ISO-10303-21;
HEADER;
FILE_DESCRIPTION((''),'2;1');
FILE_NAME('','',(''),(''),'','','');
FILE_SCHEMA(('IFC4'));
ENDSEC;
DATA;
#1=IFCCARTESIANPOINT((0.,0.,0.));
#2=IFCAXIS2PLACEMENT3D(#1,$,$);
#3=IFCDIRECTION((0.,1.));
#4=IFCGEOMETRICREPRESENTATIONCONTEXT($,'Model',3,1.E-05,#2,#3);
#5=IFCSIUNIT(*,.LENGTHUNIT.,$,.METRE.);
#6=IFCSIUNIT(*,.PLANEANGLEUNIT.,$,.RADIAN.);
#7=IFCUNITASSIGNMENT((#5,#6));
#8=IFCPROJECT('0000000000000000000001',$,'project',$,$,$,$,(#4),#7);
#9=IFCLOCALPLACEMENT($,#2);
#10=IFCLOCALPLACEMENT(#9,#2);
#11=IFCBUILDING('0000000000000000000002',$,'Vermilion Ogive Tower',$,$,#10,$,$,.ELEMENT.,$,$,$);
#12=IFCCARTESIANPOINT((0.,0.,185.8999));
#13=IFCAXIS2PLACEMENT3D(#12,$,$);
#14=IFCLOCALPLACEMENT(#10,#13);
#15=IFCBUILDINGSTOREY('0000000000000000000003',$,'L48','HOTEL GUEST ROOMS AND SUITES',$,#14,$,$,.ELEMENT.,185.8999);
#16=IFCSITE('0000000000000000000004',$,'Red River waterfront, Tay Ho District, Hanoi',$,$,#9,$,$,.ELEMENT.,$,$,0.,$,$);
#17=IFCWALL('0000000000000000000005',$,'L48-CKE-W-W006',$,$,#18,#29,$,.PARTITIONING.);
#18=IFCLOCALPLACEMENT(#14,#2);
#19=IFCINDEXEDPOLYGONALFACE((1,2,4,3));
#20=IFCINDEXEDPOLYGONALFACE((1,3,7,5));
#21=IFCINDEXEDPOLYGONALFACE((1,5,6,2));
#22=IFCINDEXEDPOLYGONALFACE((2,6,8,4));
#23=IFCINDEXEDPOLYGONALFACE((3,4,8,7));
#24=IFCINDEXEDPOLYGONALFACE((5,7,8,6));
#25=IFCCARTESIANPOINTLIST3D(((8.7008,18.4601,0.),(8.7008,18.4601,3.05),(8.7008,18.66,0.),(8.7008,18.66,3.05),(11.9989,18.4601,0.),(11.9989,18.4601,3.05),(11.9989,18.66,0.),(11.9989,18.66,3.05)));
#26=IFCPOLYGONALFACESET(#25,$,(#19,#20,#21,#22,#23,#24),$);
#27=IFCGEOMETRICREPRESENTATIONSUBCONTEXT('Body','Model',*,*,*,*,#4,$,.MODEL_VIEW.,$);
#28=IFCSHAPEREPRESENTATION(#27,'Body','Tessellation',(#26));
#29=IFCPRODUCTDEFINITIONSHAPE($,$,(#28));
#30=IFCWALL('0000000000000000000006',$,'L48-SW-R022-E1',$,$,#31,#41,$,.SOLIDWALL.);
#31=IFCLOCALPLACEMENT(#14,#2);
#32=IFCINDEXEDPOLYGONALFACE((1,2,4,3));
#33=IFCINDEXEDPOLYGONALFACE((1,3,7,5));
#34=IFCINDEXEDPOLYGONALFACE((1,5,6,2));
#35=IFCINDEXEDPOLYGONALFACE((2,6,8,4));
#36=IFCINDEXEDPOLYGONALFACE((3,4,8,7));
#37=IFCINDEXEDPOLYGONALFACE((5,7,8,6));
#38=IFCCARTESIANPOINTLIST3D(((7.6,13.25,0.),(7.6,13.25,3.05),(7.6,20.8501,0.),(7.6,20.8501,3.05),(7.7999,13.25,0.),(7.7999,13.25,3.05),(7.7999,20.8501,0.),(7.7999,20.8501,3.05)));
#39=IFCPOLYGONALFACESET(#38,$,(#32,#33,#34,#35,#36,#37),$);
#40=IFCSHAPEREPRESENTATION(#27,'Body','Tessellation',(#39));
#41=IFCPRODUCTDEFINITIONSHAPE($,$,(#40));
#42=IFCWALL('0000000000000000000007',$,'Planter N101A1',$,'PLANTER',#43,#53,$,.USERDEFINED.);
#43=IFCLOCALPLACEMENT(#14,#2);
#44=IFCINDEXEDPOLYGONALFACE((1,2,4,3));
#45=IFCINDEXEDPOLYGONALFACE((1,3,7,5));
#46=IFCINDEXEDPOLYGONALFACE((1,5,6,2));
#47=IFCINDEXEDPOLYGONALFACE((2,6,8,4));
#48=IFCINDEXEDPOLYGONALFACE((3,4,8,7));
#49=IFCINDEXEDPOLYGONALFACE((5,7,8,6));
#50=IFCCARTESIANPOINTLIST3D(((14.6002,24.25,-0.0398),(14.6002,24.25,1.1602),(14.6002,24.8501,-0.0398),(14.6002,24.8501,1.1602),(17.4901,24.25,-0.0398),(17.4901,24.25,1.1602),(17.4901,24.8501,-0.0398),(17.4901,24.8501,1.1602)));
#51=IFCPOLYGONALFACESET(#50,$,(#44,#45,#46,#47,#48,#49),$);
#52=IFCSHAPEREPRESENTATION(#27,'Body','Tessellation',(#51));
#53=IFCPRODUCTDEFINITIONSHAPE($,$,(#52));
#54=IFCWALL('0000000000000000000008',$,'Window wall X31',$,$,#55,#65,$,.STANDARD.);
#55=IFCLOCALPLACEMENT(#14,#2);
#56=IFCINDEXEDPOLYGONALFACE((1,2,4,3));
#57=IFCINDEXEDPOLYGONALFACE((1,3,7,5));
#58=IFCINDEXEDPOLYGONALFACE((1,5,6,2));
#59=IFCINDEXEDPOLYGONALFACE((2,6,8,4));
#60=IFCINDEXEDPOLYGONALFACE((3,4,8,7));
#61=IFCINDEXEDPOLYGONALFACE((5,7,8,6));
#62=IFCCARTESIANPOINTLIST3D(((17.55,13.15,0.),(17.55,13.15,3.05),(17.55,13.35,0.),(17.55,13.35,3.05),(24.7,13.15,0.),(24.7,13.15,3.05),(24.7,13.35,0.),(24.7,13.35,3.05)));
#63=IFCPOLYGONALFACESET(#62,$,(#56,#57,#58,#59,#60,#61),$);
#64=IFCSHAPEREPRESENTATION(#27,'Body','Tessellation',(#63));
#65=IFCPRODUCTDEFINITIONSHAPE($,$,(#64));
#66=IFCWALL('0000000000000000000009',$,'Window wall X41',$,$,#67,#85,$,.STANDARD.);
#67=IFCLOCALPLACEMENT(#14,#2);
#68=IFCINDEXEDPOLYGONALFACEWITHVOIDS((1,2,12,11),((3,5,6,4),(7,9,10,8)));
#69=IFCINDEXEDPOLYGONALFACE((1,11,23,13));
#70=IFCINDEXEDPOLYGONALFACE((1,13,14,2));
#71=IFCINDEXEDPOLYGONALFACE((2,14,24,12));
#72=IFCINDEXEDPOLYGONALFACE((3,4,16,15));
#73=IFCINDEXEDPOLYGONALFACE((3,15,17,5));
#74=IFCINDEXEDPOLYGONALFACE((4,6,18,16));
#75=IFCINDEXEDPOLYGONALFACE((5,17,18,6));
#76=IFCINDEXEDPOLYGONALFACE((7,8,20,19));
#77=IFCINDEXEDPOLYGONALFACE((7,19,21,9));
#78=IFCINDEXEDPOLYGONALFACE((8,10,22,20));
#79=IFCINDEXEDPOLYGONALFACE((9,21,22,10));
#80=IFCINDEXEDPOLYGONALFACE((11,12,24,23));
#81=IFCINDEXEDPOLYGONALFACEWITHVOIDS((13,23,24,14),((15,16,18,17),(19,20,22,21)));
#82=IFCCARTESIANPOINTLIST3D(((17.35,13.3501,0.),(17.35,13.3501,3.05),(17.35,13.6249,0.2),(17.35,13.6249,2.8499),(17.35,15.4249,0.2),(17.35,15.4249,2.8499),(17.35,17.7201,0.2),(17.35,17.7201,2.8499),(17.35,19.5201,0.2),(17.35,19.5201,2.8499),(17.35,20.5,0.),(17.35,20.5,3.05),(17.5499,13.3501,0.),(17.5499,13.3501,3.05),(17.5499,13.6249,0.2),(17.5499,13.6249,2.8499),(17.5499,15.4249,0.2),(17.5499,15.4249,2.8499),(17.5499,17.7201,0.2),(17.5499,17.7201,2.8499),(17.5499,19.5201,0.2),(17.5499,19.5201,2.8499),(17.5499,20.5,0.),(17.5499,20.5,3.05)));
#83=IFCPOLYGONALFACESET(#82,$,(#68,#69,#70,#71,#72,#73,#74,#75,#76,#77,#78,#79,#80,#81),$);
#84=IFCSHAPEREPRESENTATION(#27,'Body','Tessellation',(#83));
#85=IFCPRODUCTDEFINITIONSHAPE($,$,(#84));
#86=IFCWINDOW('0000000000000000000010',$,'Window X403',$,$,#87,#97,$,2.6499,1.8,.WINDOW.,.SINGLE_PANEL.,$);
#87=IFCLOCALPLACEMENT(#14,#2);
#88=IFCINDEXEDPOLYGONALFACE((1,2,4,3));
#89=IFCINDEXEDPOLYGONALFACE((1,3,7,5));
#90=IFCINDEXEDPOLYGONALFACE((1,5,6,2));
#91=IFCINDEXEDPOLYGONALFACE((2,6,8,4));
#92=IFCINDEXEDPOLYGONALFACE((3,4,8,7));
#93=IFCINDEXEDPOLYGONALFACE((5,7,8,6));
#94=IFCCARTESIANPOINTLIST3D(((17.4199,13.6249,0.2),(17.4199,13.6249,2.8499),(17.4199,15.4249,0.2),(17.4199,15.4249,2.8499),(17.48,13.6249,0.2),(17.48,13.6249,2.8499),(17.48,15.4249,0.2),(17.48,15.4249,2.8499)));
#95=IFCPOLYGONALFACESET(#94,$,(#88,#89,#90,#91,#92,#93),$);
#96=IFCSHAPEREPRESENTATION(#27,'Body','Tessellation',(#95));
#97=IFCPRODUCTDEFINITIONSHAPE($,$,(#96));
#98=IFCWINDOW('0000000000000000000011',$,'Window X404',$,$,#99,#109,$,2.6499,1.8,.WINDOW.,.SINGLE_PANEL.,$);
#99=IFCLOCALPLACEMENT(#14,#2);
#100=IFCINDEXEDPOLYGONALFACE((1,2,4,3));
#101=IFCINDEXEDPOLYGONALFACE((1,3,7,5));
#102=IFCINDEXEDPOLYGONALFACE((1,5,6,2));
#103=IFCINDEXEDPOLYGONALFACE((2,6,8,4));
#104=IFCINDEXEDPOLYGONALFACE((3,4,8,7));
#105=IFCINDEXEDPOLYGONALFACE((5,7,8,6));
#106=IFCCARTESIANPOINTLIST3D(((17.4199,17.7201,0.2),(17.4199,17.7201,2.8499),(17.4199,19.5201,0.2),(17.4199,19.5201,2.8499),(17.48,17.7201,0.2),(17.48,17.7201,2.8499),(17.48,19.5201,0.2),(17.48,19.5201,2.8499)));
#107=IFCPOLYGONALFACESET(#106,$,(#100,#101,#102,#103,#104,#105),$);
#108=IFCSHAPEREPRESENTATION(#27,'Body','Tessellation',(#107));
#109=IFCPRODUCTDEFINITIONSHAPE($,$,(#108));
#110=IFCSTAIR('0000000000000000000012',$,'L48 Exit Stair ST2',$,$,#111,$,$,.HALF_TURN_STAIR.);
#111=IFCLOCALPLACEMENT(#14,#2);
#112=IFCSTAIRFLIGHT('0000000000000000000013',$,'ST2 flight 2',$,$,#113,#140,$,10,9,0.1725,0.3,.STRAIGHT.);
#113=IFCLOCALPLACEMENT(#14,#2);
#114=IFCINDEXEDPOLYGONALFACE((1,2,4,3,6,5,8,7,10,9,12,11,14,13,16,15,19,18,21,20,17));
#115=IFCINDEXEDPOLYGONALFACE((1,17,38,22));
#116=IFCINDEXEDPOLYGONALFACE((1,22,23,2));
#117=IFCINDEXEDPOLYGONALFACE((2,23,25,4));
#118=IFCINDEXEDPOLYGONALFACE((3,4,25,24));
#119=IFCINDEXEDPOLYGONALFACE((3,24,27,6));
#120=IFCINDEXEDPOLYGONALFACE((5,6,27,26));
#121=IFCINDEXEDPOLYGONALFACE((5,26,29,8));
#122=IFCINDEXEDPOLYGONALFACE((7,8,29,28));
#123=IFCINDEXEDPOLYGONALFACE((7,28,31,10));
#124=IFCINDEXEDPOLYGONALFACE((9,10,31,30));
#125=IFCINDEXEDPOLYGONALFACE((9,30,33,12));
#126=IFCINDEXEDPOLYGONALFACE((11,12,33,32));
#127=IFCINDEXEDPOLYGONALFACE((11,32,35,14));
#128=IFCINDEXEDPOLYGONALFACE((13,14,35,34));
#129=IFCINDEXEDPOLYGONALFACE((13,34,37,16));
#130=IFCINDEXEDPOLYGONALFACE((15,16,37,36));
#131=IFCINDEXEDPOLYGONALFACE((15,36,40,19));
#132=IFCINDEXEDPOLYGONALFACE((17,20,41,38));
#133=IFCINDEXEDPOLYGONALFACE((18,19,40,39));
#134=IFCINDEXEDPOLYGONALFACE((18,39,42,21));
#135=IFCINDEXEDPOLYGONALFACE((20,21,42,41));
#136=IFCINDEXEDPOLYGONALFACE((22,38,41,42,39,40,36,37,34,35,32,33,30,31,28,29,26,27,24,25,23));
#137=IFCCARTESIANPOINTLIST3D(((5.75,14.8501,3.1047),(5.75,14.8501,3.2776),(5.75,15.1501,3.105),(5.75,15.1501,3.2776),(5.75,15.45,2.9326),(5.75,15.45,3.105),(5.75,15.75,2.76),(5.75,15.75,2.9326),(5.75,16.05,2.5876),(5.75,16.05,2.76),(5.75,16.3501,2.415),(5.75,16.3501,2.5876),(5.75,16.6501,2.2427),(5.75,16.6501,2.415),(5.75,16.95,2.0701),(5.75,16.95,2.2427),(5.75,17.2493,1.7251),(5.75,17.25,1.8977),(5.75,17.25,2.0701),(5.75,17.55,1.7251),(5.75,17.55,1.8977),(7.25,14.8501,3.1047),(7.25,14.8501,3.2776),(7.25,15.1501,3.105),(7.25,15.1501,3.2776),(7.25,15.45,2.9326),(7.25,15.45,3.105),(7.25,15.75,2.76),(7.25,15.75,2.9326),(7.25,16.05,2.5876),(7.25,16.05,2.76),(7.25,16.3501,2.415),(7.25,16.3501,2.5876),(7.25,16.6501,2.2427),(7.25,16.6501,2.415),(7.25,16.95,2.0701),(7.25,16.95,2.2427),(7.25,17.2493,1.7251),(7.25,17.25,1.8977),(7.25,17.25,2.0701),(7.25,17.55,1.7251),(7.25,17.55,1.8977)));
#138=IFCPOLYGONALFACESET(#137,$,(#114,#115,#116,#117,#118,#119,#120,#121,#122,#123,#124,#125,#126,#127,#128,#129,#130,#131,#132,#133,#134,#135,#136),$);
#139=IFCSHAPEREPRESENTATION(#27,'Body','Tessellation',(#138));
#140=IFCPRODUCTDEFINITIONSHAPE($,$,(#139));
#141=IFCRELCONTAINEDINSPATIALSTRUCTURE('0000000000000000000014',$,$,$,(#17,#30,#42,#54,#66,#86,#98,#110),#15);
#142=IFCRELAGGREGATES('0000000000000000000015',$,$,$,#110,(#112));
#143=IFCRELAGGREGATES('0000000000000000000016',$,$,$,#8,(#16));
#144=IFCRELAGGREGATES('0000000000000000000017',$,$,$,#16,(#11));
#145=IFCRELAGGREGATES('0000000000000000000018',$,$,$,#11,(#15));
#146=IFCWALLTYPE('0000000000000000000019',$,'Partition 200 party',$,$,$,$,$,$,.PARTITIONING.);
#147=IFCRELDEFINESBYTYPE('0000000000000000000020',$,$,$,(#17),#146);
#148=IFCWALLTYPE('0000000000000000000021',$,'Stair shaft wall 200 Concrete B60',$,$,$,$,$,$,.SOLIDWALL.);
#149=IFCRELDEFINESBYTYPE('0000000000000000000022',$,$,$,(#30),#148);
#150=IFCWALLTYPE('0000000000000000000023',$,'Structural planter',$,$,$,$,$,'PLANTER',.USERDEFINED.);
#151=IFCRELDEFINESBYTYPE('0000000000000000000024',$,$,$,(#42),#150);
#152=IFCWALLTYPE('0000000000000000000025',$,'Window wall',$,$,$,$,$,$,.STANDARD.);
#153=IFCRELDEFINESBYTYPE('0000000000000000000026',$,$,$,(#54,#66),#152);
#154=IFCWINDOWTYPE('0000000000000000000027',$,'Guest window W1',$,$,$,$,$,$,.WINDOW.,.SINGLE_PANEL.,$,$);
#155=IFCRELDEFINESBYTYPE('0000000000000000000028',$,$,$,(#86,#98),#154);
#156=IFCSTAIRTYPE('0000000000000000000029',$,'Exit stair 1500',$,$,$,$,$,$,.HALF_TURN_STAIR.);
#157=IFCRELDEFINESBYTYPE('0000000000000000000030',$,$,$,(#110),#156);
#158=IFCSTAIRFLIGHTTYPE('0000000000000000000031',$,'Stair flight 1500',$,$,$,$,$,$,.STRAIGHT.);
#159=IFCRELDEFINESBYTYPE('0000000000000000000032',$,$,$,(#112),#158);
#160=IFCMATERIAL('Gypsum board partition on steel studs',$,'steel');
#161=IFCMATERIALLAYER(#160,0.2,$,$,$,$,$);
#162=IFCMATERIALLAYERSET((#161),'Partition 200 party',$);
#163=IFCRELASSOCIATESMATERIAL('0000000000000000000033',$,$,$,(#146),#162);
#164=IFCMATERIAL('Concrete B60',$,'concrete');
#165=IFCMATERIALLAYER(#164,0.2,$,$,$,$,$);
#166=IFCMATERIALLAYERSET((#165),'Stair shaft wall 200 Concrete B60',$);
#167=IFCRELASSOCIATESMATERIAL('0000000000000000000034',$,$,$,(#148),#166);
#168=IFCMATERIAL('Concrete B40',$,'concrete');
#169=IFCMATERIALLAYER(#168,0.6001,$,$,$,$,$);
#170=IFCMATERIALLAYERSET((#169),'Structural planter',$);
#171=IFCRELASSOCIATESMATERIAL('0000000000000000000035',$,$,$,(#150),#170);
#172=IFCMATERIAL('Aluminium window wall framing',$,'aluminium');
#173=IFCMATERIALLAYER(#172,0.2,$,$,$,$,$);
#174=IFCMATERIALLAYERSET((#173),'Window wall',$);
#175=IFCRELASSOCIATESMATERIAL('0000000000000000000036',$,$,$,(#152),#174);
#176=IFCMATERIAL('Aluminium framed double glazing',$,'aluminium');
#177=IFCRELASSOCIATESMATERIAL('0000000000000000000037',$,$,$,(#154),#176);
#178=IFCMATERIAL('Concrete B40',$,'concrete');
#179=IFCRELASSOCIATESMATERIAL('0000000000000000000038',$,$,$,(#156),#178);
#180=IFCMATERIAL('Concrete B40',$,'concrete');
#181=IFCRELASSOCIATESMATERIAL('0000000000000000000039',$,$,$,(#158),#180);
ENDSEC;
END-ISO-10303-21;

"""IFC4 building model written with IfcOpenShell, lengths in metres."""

from ifc_helpers import new_model, si_unit, direction, frame, frame_2d, origin, place, context, subcontext, project, spatial, polyline, rectangle, outline, extrude, material, layer, layer_set, type_object, element, fill, aggregate, save


model = new_model("IFC4")

# Units and contexts
model_context = context("Model", 3, precision=1e-05, world=origin(), true_north=direction((0.0, 1.0)))
body_context = subcontext(model_context, "Body", "Model", "MODEL_VIEW")
ifc_project = project(units=[si_unit("LENGTHUNIT", "METRE"), si_unit("PLANEANGLEUNIT", "RADIAN")], contexts=[model_context])

# Site, building, storey
site_placement = place(None, origin())
site = spatial("IfcSite", under=ifc_project, at=site_placement, Name="Red River waterfront, Tay Ho District, Hanoi", CompositionType="ELEMENT", RefElevation=0.0)
building_placement = place(site_placement, origin())
building = spatial("IfcBuilding", under=site, at=building_placement, Name="Vermilion Ogive Tower", CompositionType="ELEMENT")
storey_placement = place(building_placement, frame((0.0, 0.0, 185.8999)))
storey = spatial("IfcBuildingStorey", under=building, at=storey_placement, Name="L48", Description="HOTEL GUEST ROOMS AND SUITES", CompositionType="ELEMENT", Elevation=185.8999)

# Walls
ifc_material_1 = material(Name="Gypsum board partition on steel studs", Category="steel")
ifc_layer_1 = layer(ifc_material_1, 0.2)
ifc_layer_set_1 = layer_set([ifc_layer_1], Name="Partition 200 party")
wall_type_1 = type_object("IfcWallType", Name="Partition 200 party", PredefinedType="PARTITIONING", material=ifc_layer_set_1)
wall_1_placement = place(storey_placement, frame((8.7009, 18.5601, 0.0), z_axis=(0.0, 0.0, 1.0), x_axis=(1.0, 0.0, 0.0)))
element("IfcWall", 1, at=wall_1_placement, inside=storey, type_object=wall_type_1, Name="L48-CKE-W-W006", PredefinedType="PARTITIONING", context=body_context, shape_type="SweptSolid", body=[
    extrude(rectangle(XDim=3.2981, YDim=0.2, at=frame_2d((1.6489, 0.0))), origin(), (0.0, 0.0, 1.0), 3.05),
])
ifc_material_2 = material(Name="Concrete B60", Category="concrete")
ifc_layer_2 = layer(ifc_material_2, 0.2)
ifc_layer_set_2 = layer_set([ifc_layer_2], Name="Stair shaft wall 200 Concrete B60")
wall_type_2 = type_object("IfcWallType", Name="Stair shaft wall 200 Concrete B60", PredefinedType="SOLIDWALL", material=ifc_layer_set_2)
wall_2_placement = place(storey_placement, frame((7.7, 13.25, 0.0), z_axis=(0.0, 0.0, 1.0), x_axis=(0.0, 1.0, 0.0)))
element("IfcWall", 2, at=wall_2_placement, inside=storey, type_object=wall_type_2, Name="L48-SW-R022-E1", PredefinedType="SOLIDWALL", context=body_context, shape_type="SweptSolid", body=[
    extrude(rectangle(XDim=7.6001, YDim=0.2, at=frame_2d((3.8, 0.0))), origin(), (0.0, 0.0, 1.0), 3.05),
])
ifc_material_3 = material(Name="Concrete B40", Category="concrete")
ifc_layer_3 = layer(ifc_material_3, 0.6001)
ifc_layer_set_3 = layer_set([ifc_layer_3], Name="Structural planter")
wall_type_3 = type_object("IfcWallType", Name="Structural planter", ElementType="PLANTER", PredefinedType="USERDEFINED", material=ifc_layer_set_3)
wall_3_placement = place(storey_placement, frame((17.49, 24.55, -0.0398), z_axis=(0.0, 0.0, 1.0), x_axis=(-1.0, 0.0, 0.0)))
element("IfcWall", 3, at=wall_3_placement, inside=storey, type_object=wall_type_3, Name="Planter N101A1", ObjectType="PLANTER", PredefinedType="USERDEFINED", context=body_context, shape_type="SweptSolid", body=[
    extrude(rectangle(XDim=2.8899, YDim=0.6001, at=frame_2d((1.4448, 0.0))), origin(), (0.0, 0.0, 1.0), 1.2),
])
ifc_material_4 = material(Name="Aluminium window wall framing", Category="aluminium")
ifc_layer_4 = layer(ifc_material_4, 0.2)
ifc_layer_set_4 = layer_set([ifc_layer_4], Name="Window wall")
wall_type_4 = type_object("IfcWallType", Name="Window wall", PredefinedType="STANDARD", material=ifc_layer_set_4)
wall_4_placement = place(storey_placement, frame((24.7, 13.25, 0.0), z_axis=(0.0, 0.0, 1.0), x_axis=(-1.0, 0.0, 0.0)))
element("IfcWall", 4, at=wall_4_placement, inside=storey, type_object=wall_type_4, Name="Window wall X31", PredefinedType="STANDARD", context=body_context, shape_type="SweptSolid", body=[
    extrude(rectangle(XDim=7.1499, YDim=0.2, at=frame_2d((3.575, 0.0))), origin(), (0.0, 0.0, 1.0), 3.05),
])

# Wall, openings, windows
wall_5_placement = place(storey_placement, frame((17.45, 13.3501, 0.0), z_axis=(0.0, 0.0, 1.0), x_axis=(0.0, 1.0, 0.0)))
wall_5 = element("IfcWall", 5, at=wall_5_placement, inside=storey, type_object=wall_type_4, Name="Window wall X41", PredefinedType="STANDARD", context=body_context, shape_type="SweptSolid", body=[
    extrude(rectangle(XDim=7.1499, YDim=0.2, at=frame_2d((3.575, 0.0))), origin(), (0.0, 0.0, 1.0), 3.05),
])
opening_1_placement = place(wall_5_placement, frame((0.2749, 0.0, 0.2)))
opening_1 = element("IfcOpeningElement", 6, at=opening_1_placement, cuts=wall_5, PredefinedType="OPENING", context=body_context, shape_type="SweptSolid", body=[
    extrude(rectangle(XDim=1.8, YDim=2.6499, at=frame_2d((0.8999, 1.325))), frame((0.0, 0.1099, 0.0), z_axis=(0.0, -1.0, 0.0), x_axis=(1.0, 0.0, 0.0)), (0.0, 0.0, 1.0), 0.22),
])
opening_2_placement = place(wall_5_placement, frame((4.3701, 0.0, 0.2)))
opening_2 = element("IfcOpeningElement", 7, at=opening_2_placement, cuts=wall_5, PredefinedType="OPENING", context=body_context, shape_type="SweptSolid", body=[
    extrude(rectangle(XDim=1.8, YDim=2.6499, at=frame_2d((0.8999, 1.325))), frame((0.0, 0.1099, 0.0), z_axis=(0.0, -1.0, 0.0), x_axis=(1.0, 0.0, 0.0)), (0.0, 0.0, 1.0), 0.22),
])
ifc_material_5 = material(Name="Aluminium framed double glazing", Category="aluminium")
window_type = type_object("IfcWindowType", Name="Guest window W1", PartitioningType="SINGLE_PANEL", PredefinedType="WINDOW", material=ifc_material_5)
window_1_placement = place(opening_1_placement, origin())
window_1 = element("IfcWindow", 8, at=window_1_placement, inside=storey, type_object=window_type, Name="Window X403", OverallHeight=2.6499, OverallWidth=1.8, PartitioningType="SINGLE_PANEL", PredefinedType="WINDOW", context=body_context, shape_type="SweptSolid", body=[
    extrude(rectangle(XDim=1.8, YDim=2.6499, at=frame_2d((0.8999, 1.325))), frame((0.0, 0.03, 0.0), z_axis=(0.0, -1.0, 0.0), x_axis=(1.0, 0.0, 0.0)), (0.0, 0.0, 1.0), 0.0601),
])
fill(opening_1, window_1)
window_2_placement = place(opening_2_placement, origin())
window_2 = element("IfcWindow", 9, at=window_2_placement, inside=storey, type_object=window_type, Name="Window X404", OverallHeight=2.6499, OverallWidth=1.8, PartitioningType="SINGLE_PANEL", PredefinedType="WINDOW", context=body_context, shape_type="SweptSolid", body=[
    extrude(rectangle(XDim=1.8, YDim=2.6499, at=frame_2d((0.8999, 1.325))), frame((0.0, 0.03, 0.0), z_axis=(0.0, -1.0, 0.0), x_axis=(1.0, 0.0, 0.0)), (0.0, 0.0, 1.0), 0.0601),
])
fill(opening_2, window_2)

# Stair, stair flight
ifc_material_6 = material(Name="Concrete B40", Category="concrete")
stair_type = type_object("IfcStairType", Name="Exit stair 1500", PredefinedType="HALF_TURN_STAIR", material=ifc_material_6)
stair_placement = place(storey_placement, origin())
stair = element("IfcStair", 10, at=stair_placement, inside=storey, type_object=stair_type, Name="L48 Exit Stair ST2", PredefinedType="HALF_TURN_STAIR")
ifc_material_7 = material(Name="Concrete B40", Category="concrete")
stair_flight_type = type_object("IfcStairFlightType", Name="Stair flight 1500", PredefinedType="STRAIGHT", material=ifc_material_7)
stair_flight_placement = place(storey_placement, frame((6.5, 17.55, 1.7251), z_axis=(0.0, 0.0, 1.0), x_axis=(0.0, -1.0, 0.0)))
stair_flight = element("IfcStairFlight", 11, at=stair_flight_placement, type_object=stair_flight_type, Name="ST2 flight 2", NumberOfRisers=10, NumberOfTreads=9, PredefinedType="STRAIGHT", RiserHeight=0.1725, TreadLength=0.3, context=body_context, shape_type="SweptSolid", body=[
    extrude(outline(polyline([(0.0, 0.0), (0.0, 0.1726), (0.3, 0.1726), (0.3, 0.345), (0.6001, 0.345), (0.6001, 0.5176), (0.8999, 0.5176), (0.8999, 0.6899), (1.2, 0.6899), (1.2, 0.8625), (1.5, 0.8625), (1.5, 1.0349), (1.8, 1.0349), (1.8, 1.2075), (2.1001, 1.2075), (2.1001, 1.3799), (2.3999, 1.3799), (2.3999, 1.5525), (2.7, 1.5525), (2.7, 1.7251), (2.7, 1.3796), (0.3008, 0.0), (0.0, 0.0)])), frame((0.0, 0.75, 0.0), z_axis=(0.0, -1.0, 0.0), x_axis=(1.0, 0.0, 0.0)), (0.0, 0.0, 1.0), 1.5),
])
aggregate(stair, [stair_flight])

save(model, "model.ifc")
